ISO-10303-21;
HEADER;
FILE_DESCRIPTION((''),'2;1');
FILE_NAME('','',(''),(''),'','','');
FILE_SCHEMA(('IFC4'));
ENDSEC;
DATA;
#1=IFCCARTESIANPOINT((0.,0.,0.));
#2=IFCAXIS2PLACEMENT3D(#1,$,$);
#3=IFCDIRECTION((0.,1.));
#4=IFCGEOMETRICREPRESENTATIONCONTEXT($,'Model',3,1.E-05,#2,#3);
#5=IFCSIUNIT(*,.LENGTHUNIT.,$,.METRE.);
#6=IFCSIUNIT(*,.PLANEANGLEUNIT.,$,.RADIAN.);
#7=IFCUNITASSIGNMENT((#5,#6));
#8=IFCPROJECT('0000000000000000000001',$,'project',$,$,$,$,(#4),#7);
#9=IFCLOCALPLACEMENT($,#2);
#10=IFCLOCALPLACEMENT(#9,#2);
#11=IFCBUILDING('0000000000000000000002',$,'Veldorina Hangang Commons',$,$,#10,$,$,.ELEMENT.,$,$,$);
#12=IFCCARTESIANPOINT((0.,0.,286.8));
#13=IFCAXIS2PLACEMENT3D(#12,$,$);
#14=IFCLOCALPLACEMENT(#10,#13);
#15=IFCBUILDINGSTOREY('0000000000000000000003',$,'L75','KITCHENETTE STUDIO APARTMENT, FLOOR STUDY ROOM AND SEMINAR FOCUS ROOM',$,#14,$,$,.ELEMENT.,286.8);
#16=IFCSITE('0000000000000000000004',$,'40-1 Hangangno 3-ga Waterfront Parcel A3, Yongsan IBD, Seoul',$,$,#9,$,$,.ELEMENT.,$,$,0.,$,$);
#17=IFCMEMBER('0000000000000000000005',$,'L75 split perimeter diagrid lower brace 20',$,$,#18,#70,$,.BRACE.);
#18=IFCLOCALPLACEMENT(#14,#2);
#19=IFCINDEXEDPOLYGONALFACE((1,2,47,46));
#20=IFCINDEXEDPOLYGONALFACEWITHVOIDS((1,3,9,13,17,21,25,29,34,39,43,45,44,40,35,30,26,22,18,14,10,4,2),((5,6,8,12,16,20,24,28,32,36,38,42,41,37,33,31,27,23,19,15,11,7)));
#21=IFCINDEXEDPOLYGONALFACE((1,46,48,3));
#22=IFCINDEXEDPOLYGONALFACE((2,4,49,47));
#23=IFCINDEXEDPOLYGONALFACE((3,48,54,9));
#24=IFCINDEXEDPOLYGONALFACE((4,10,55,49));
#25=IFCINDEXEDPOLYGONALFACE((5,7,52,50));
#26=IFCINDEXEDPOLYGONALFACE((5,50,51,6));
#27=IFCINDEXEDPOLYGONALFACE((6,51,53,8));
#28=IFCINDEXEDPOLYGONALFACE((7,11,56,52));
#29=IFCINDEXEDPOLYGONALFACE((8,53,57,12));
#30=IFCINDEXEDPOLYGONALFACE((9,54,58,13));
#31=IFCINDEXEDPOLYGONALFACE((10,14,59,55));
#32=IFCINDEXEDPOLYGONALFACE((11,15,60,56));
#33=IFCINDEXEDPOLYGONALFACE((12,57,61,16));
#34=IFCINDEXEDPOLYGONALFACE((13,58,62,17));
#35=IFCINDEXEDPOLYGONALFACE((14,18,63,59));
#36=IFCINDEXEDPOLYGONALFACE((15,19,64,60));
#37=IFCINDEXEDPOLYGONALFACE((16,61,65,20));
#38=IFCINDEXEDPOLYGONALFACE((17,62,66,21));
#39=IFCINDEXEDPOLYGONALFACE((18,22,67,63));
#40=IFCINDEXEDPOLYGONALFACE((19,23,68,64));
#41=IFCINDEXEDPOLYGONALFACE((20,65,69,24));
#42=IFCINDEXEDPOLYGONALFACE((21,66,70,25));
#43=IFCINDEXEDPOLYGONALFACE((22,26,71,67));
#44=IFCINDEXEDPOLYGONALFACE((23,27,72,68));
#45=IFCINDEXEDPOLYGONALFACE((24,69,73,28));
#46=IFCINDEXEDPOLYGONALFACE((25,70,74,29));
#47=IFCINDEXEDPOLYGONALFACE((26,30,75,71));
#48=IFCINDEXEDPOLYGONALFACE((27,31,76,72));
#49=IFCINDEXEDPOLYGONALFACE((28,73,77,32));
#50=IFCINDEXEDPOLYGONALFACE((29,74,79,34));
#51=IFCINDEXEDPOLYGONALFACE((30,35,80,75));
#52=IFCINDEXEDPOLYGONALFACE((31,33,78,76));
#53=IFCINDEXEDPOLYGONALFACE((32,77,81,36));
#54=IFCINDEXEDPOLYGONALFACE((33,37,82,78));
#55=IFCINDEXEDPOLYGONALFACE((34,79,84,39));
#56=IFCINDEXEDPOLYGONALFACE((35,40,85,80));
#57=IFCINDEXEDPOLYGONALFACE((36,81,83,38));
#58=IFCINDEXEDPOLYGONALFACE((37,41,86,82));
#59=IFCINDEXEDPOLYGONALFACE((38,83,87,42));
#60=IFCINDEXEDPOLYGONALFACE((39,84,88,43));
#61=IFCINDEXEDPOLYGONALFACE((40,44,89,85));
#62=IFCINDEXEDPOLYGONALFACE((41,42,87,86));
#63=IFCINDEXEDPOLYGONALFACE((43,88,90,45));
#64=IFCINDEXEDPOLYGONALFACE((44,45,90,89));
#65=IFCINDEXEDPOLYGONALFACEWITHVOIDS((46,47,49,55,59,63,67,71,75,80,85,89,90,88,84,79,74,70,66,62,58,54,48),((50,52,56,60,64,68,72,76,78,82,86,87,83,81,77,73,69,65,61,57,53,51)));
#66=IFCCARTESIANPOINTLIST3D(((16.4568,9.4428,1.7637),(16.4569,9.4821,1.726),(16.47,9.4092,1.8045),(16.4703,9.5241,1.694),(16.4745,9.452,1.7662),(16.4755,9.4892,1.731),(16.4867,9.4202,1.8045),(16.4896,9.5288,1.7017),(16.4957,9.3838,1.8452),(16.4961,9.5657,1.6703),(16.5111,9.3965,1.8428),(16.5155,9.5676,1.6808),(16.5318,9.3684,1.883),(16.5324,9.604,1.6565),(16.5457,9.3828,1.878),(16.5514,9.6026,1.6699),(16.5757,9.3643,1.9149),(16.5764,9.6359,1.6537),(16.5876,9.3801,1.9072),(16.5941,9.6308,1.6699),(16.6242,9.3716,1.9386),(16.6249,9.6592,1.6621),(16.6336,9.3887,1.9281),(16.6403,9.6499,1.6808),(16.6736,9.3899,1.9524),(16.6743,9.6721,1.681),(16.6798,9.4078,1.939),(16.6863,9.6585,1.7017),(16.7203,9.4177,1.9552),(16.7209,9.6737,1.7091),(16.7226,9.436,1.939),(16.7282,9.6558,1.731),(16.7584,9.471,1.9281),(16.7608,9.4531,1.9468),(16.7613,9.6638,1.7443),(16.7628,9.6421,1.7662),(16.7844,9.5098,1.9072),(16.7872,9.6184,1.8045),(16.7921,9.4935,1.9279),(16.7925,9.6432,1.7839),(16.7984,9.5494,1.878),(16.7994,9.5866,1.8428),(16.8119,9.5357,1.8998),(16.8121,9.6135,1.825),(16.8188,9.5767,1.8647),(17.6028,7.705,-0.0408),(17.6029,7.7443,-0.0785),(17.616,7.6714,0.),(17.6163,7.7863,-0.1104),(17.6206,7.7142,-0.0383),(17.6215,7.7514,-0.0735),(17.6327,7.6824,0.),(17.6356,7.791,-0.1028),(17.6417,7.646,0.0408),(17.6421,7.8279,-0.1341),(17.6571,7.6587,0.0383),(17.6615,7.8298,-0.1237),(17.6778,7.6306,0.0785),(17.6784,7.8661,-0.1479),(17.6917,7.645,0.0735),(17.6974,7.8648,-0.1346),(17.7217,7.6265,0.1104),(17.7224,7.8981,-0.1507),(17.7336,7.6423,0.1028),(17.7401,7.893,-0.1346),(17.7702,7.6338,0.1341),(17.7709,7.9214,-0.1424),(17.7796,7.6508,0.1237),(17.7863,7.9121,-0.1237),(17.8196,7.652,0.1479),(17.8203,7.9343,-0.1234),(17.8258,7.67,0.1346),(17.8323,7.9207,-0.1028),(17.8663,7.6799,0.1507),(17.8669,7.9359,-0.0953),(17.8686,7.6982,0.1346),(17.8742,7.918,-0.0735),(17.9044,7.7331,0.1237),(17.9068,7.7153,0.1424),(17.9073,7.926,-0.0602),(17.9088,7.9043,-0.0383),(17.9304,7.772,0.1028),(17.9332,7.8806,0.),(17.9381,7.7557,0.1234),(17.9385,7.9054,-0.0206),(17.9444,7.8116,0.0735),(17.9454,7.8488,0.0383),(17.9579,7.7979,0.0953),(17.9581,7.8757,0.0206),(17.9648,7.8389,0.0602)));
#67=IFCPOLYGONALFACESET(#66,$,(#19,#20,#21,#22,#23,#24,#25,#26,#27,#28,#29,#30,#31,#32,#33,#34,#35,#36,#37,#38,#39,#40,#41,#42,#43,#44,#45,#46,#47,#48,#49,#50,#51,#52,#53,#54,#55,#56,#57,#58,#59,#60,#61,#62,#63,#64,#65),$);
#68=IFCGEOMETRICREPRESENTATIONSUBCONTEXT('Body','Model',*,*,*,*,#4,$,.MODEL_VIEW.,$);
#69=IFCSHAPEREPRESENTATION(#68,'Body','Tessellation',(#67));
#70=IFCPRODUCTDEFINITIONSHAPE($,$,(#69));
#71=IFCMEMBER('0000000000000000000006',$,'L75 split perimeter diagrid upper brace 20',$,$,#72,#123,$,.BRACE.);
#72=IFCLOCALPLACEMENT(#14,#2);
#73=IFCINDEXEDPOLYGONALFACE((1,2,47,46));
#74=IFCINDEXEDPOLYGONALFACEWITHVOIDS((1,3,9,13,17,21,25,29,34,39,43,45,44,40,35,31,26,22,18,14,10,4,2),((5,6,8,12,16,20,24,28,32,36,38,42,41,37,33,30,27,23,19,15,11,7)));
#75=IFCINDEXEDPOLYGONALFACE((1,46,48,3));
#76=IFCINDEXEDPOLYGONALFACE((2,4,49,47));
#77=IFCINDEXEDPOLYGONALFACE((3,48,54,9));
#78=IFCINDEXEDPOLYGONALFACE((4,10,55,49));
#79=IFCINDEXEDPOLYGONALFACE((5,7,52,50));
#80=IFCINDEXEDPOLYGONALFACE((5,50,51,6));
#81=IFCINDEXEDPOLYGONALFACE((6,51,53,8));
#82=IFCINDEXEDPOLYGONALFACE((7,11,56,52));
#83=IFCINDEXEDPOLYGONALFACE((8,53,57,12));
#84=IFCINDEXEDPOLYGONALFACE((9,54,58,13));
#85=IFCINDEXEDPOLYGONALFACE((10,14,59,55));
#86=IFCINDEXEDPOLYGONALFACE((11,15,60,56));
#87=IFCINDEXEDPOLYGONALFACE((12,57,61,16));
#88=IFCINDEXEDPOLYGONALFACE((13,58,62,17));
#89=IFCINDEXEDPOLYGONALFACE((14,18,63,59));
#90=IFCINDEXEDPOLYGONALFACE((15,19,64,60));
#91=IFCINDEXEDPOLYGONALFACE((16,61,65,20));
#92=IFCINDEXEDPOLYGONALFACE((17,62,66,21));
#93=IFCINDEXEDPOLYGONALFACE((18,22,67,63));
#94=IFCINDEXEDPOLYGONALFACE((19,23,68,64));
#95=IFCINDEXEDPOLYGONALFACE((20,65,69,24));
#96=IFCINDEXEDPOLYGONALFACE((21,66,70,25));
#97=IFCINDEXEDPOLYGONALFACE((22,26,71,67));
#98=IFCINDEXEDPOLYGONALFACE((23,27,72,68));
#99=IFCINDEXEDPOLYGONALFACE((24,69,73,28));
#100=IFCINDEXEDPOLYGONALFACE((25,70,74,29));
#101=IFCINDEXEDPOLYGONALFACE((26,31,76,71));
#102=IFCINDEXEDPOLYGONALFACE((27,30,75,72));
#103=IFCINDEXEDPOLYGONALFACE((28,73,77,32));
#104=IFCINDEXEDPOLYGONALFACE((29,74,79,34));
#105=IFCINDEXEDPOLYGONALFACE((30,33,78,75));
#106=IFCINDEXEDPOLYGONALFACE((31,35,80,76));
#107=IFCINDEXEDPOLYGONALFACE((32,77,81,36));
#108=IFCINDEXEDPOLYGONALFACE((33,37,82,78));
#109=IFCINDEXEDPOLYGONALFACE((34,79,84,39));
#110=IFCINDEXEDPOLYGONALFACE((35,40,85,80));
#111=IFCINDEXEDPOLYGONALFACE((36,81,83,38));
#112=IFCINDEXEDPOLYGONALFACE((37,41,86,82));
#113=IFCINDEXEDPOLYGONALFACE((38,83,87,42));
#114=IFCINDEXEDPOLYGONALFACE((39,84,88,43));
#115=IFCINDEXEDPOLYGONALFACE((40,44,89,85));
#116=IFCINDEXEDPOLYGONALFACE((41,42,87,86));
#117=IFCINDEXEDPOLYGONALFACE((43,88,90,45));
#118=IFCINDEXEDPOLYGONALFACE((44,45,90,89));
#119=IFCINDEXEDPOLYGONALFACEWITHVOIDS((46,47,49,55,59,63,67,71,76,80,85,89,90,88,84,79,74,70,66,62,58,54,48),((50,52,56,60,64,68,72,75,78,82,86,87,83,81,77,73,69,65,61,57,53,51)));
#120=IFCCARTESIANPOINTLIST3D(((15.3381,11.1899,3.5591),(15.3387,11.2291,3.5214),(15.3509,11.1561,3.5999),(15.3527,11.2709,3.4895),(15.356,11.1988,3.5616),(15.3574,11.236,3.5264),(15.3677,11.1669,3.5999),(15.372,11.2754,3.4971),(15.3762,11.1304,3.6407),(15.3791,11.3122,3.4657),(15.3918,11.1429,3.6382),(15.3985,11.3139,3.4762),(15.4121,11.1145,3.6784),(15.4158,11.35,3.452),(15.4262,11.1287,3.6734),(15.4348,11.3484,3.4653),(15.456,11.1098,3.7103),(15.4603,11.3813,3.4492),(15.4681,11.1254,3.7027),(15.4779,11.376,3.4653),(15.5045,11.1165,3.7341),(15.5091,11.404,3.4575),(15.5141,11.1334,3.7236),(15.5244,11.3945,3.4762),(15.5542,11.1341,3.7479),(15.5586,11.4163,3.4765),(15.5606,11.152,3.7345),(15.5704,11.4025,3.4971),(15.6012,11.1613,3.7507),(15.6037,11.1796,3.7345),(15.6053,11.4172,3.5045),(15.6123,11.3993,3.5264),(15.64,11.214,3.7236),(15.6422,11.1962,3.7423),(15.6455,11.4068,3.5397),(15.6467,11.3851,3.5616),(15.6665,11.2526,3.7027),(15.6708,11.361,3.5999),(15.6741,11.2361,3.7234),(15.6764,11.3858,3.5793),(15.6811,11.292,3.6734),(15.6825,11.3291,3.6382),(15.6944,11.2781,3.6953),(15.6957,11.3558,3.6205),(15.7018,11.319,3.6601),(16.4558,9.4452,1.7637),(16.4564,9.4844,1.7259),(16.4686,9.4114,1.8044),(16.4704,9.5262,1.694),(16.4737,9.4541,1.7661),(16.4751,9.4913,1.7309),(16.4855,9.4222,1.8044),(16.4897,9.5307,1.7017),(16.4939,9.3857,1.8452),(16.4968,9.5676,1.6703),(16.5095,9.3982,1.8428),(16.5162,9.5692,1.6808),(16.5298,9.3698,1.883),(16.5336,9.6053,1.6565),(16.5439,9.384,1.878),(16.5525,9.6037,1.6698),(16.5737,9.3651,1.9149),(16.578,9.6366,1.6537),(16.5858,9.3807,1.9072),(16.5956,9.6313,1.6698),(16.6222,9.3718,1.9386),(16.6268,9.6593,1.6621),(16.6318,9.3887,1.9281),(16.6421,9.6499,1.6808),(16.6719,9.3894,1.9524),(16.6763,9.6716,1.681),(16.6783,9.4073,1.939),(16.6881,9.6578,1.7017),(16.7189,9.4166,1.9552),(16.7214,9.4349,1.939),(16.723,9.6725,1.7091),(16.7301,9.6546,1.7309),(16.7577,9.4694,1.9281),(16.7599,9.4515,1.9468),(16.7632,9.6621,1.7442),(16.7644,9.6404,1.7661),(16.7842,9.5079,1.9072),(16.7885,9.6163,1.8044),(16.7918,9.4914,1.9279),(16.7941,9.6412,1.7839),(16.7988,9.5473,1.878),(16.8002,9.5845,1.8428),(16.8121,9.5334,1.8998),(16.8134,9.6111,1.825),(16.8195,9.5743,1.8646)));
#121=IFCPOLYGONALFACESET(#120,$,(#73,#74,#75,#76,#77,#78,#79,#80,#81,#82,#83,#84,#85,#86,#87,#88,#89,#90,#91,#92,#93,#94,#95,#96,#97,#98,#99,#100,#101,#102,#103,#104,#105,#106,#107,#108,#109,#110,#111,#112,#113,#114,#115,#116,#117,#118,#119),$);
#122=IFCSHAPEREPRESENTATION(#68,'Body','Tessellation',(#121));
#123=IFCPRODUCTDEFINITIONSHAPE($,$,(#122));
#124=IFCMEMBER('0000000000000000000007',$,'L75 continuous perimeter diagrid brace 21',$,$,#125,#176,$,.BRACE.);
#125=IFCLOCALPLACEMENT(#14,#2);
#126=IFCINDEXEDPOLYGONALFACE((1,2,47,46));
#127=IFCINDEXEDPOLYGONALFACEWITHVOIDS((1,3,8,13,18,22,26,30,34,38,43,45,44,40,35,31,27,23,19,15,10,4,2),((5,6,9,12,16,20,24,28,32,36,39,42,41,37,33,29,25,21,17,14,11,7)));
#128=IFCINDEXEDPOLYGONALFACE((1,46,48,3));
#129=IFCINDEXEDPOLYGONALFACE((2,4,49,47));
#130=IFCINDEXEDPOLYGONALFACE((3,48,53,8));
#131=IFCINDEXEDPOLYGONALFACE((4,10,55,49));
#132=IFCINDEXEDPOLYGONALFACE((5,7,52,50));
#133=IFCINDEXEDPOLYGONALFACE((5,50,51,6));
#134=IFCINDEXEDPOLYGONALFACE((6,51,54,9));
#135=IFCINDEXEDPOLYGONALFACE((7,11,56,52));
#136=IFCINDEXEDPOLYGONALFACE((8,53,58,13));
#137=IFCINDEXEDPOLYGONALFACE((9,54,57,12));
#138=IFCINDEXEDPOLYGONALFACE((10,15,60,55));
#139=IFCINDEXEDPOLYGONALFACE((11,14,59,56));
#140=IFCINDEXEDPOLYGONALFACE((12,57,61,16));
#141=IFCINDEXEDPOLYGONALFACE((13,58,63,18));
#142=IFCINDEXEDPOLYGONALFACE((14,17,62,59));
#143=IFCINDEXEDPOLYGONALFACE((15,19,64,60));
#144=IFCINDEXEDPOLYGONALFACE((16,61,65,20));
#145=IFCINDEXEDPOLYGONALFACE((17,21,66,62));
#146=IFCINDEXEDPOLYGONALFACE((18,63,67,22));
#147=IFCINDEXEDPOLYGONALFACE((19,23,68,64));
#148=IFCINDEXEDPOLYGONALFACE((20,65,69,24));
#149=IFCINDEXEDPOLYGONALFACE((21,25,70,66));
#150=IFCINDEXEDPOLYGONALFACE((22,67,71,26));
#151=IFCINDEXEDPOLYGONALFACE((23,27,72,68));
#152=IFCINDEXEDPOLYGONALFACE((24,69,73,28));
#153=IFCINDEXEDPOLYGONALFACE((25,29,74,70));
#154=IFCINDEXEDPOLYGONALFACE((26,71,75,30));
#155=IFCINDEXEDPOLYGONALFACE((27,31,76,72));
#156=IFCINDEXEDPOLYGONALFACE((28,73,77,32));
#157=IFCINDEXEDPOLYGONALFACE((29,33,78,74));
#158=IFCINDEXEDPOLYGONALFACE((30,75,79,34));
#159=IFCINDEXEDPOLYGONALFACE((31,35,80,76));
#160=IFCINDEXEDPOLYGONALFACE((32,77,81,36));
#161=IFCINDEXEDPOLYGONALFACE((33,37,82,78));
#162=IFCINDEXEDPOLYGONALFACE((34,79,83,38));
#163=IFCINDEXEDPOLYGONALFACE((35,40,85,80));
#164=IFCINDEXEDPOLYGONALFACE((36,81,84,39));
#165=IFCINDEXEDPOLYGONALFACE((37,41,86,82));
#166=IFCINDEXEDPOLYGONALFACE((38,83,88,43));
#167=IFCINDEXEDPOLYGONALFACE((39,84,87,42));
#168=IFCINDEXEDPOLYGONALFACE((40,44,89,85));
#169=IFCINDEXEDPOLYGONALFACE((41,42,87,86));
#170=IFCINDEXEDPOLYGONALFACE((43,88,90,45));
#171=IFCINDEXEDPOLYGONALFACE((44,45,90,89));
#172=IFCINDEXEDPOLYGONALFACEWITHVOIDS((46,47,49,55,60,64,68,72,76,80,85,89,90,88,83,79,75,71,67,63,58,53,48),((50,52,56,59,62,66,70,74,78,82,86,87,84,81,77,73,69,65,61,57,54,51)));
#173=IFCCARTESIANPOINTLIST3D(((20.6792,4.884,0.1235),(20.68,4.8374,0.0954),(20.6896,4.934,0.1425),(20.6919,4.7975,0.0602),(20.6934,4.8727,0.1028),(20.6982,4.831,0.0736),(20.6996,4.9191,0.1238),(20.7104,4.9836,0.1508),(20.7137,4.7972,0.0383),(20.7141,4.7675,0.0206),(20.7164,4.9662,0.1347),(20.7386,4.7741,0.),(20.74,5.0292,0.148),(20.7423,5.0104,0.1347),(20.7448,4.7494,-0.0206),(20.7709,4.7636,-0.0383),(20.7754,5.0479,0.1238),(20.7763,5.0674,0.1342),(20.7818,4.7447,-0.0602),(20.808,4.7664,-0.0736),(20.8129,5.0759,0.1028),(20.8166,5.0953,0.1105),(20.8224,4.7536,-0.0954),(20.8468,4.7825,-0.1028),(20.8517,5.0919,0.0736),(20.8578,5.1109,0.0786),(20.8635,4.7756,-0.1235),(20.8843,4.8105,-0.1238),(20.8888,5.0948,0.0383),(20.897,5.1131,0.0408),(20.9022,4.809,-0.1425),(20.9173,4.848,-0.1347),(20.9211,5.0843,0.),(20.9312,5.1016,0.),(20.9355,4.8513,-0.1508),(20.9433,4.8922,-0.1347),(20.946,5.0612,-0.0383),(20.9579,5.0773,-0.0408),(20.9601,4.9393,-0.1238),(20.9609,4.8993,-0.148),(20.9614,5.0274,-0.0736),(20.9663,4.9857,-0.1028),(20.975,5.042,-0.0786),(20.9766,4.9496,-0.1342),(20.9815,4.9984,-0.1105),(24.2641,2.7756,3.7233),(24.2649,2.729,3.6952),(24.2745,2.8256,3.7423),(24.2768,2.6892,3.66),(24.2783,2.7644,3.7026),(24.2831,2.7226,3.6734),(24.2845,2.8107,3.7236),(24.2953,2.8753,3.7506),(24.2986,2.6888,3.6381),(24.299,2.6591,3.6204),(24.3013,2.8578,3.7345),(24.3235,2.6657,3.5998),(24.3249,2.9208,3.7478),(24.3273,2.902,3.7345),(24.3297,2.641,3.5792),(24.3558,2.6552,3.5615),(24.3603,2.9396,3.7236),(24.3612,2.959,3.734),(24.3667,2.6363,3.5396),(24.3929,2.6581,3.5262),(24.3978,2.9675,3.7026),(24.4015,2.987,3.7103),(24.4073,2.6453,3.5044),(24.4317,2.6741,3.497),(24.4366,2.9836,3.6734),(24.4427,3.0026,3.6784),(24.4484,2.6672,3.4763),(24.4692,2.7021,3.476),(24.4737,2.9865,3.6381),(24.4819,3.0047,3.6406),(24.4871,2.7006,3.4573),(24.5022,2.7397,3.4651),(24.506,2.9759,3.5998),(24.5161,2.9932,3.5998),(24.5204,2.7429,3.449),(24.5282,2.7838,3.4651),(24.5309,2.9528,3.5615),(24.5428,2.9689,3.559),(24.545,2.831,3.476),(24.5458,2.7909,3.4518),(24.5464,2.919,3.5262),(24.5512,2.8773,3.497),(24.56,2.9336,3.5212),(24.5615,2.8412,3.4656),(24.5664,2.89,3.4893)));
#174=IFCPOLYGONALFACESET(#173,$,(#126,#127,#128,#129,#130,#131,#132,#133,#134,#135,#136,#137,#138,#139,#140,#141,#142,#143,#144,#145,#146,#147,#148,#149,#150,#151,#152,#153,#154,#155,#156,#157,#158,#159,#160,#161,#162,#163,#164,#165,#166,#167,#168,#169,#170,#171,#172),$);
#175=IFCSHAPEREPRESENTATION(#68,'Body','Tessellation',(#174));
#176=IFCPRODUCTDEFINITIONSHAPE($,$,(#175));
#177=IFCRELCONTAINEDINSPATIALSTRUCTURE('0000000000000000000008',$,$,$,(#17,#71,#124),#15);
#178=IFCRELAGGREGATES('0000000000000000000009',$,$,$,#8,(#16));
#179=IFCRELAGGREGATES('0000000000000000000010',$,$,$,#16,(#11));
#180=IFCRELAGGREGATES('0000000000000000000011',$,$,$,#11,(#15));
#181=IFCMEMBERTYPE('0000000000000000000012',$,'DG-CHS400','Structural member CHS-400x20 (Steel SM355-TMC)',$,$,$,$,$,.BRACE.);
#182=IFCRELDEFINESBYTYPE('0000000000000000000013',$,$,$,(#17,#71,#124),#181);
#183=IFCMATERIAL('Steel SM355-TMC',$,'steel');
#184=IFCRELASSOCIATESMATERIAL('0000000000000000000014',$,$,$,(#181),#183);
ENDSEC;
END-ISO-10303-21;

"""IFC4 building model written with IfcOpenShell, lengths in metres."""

from ifc_helpers import new_model, si_unit, direction, frame, origin, origin_2d, place, context, subcontext, project, spatial, hollow_circle, extrude, material, material_profile, profile_set, type_object, element, save


model = new_model("IFC4")

# Units and contexts
model_context = context("Model", 3, precision=1e-05, world=origin(), true_north=direction((0.0, 1.0)))
body_context = subcontext(model_context, "Body", "Model", "MODEL_VIEW")
ifc_project = project(units=[si_unit("LENGTHUNIT", "METRE"), si_unit("PLANEANGLEUNIT", "RADIAN")], contexts=[model_context])

# Site, building, storey
site_placement = place(None, origin())
site = spatial("IfcSite", under=ifc_project, at=site_placement, Name="40-1 Hangangno 3-ga Waterfront Parcel A3, Yongsan IBD, Seoul", CompositionType="ELEMENT", RefElevation=0.0)
building_placement = place(site_placement, origin())
building = spatial("IfcBuilding", under=site, at=building_placement, Name="Veldorina Hangang Commons", CompositionType="ELEMENT")
storey_placement = place(building_placement, frame((0.0, 0.0, 286.8)))
storey = spatial("IfcBuildingStorey", under=building, at=storey_placement, Name="L75", Description="KITCHENETTE STUDIO APARTMENT, FLOOR STUDY ROOM AND SEMINAR FOCUS ROOM", CompositionType="ELEMENT", Elevation=286.8)

# Shared definitions
ifc_material_1 = material(Name="Steel SM355-TMC", Category="steel")

# Members
ifc_material_profile_1 = material_profile(ifc_material_1, hollow_circle(Radius=0.2, WallThickness=0.02, at=origin_2d()), Name="CHS-400x20")
ifc_profile_set_1 = profile_set([ifc_material_profile_1], Name="Steel SM355-TMC")
member_type_1 = type_object("IfcMemberType", Name="DG-CHS400", Description="Structural member CHS-400x20 (Steel SM355-TMC)", PredefinedType="BRACE", material=ifc_profile_set_1)
member_1_placement = place(storey_placement, frame((17.783, 7.7815, 0.0), z_axis=(-0.415991, 0.63081, 0.655004), x_axis=(-0.834819, -0.550525, 0.0)))
element("IfcMember", 1, at=member_1_placement, inside=storey, type_object=member_type_1, Name="L75 split perimeter diagrid lower brace 20", PredefinedType="BRACE", context=body_context, shape_type="SweptSolid", body=[
    extrude(hollow_circle(Radius=0.2, WallThickness=0.02, at=origin_2d()), origin(), (0.0, 0.0, 1.0), 2.7549),
])
member_2_placement = place(storey_placement, frame((16.637, 9.5193, 1.8044), z_axis=(-0.407671, 0.636352, 0.654874), x_axis=(-0.842027, -0.539435, 0.0)))
element("IfcMember", 2, at=member_2_placement, inside=storey, type_object=member_type_1, Name="L75 split perimeter diagrid upper brace 20", PredefinedType="BRACE", context=body_context, shape_type="SweptSolid", body=[
    extrude(hollow_circle(Radius=0.2, WallThickness=0.02, at=origin_2d()), origin(), (0.0, 0.0, 1.0), 2.7417),
])
member_3_placement = place(storey_placement, frame((20.8298, 4.9292, 0.0), z_axis=(0.651744, -0.383306, 0.654451), x_axis=(0.506948, 0.861976, 0.0)))
element("IfcMember", 3, at=member_3_placement, inside=storey, type_object=member_type_1, Name="L75 continuous perimeter diagrid brace 21", PredefinedType="BRACE", context=body_context, shape_type="SweptSolid", body=[
    extrude(hollow_circle(Radius=0.2, WallThickness=0.02, at=origin_2d()), origin(), (0.0, 0.0, 1.0), 5.5005),
])

save(model, "model.ifc")
